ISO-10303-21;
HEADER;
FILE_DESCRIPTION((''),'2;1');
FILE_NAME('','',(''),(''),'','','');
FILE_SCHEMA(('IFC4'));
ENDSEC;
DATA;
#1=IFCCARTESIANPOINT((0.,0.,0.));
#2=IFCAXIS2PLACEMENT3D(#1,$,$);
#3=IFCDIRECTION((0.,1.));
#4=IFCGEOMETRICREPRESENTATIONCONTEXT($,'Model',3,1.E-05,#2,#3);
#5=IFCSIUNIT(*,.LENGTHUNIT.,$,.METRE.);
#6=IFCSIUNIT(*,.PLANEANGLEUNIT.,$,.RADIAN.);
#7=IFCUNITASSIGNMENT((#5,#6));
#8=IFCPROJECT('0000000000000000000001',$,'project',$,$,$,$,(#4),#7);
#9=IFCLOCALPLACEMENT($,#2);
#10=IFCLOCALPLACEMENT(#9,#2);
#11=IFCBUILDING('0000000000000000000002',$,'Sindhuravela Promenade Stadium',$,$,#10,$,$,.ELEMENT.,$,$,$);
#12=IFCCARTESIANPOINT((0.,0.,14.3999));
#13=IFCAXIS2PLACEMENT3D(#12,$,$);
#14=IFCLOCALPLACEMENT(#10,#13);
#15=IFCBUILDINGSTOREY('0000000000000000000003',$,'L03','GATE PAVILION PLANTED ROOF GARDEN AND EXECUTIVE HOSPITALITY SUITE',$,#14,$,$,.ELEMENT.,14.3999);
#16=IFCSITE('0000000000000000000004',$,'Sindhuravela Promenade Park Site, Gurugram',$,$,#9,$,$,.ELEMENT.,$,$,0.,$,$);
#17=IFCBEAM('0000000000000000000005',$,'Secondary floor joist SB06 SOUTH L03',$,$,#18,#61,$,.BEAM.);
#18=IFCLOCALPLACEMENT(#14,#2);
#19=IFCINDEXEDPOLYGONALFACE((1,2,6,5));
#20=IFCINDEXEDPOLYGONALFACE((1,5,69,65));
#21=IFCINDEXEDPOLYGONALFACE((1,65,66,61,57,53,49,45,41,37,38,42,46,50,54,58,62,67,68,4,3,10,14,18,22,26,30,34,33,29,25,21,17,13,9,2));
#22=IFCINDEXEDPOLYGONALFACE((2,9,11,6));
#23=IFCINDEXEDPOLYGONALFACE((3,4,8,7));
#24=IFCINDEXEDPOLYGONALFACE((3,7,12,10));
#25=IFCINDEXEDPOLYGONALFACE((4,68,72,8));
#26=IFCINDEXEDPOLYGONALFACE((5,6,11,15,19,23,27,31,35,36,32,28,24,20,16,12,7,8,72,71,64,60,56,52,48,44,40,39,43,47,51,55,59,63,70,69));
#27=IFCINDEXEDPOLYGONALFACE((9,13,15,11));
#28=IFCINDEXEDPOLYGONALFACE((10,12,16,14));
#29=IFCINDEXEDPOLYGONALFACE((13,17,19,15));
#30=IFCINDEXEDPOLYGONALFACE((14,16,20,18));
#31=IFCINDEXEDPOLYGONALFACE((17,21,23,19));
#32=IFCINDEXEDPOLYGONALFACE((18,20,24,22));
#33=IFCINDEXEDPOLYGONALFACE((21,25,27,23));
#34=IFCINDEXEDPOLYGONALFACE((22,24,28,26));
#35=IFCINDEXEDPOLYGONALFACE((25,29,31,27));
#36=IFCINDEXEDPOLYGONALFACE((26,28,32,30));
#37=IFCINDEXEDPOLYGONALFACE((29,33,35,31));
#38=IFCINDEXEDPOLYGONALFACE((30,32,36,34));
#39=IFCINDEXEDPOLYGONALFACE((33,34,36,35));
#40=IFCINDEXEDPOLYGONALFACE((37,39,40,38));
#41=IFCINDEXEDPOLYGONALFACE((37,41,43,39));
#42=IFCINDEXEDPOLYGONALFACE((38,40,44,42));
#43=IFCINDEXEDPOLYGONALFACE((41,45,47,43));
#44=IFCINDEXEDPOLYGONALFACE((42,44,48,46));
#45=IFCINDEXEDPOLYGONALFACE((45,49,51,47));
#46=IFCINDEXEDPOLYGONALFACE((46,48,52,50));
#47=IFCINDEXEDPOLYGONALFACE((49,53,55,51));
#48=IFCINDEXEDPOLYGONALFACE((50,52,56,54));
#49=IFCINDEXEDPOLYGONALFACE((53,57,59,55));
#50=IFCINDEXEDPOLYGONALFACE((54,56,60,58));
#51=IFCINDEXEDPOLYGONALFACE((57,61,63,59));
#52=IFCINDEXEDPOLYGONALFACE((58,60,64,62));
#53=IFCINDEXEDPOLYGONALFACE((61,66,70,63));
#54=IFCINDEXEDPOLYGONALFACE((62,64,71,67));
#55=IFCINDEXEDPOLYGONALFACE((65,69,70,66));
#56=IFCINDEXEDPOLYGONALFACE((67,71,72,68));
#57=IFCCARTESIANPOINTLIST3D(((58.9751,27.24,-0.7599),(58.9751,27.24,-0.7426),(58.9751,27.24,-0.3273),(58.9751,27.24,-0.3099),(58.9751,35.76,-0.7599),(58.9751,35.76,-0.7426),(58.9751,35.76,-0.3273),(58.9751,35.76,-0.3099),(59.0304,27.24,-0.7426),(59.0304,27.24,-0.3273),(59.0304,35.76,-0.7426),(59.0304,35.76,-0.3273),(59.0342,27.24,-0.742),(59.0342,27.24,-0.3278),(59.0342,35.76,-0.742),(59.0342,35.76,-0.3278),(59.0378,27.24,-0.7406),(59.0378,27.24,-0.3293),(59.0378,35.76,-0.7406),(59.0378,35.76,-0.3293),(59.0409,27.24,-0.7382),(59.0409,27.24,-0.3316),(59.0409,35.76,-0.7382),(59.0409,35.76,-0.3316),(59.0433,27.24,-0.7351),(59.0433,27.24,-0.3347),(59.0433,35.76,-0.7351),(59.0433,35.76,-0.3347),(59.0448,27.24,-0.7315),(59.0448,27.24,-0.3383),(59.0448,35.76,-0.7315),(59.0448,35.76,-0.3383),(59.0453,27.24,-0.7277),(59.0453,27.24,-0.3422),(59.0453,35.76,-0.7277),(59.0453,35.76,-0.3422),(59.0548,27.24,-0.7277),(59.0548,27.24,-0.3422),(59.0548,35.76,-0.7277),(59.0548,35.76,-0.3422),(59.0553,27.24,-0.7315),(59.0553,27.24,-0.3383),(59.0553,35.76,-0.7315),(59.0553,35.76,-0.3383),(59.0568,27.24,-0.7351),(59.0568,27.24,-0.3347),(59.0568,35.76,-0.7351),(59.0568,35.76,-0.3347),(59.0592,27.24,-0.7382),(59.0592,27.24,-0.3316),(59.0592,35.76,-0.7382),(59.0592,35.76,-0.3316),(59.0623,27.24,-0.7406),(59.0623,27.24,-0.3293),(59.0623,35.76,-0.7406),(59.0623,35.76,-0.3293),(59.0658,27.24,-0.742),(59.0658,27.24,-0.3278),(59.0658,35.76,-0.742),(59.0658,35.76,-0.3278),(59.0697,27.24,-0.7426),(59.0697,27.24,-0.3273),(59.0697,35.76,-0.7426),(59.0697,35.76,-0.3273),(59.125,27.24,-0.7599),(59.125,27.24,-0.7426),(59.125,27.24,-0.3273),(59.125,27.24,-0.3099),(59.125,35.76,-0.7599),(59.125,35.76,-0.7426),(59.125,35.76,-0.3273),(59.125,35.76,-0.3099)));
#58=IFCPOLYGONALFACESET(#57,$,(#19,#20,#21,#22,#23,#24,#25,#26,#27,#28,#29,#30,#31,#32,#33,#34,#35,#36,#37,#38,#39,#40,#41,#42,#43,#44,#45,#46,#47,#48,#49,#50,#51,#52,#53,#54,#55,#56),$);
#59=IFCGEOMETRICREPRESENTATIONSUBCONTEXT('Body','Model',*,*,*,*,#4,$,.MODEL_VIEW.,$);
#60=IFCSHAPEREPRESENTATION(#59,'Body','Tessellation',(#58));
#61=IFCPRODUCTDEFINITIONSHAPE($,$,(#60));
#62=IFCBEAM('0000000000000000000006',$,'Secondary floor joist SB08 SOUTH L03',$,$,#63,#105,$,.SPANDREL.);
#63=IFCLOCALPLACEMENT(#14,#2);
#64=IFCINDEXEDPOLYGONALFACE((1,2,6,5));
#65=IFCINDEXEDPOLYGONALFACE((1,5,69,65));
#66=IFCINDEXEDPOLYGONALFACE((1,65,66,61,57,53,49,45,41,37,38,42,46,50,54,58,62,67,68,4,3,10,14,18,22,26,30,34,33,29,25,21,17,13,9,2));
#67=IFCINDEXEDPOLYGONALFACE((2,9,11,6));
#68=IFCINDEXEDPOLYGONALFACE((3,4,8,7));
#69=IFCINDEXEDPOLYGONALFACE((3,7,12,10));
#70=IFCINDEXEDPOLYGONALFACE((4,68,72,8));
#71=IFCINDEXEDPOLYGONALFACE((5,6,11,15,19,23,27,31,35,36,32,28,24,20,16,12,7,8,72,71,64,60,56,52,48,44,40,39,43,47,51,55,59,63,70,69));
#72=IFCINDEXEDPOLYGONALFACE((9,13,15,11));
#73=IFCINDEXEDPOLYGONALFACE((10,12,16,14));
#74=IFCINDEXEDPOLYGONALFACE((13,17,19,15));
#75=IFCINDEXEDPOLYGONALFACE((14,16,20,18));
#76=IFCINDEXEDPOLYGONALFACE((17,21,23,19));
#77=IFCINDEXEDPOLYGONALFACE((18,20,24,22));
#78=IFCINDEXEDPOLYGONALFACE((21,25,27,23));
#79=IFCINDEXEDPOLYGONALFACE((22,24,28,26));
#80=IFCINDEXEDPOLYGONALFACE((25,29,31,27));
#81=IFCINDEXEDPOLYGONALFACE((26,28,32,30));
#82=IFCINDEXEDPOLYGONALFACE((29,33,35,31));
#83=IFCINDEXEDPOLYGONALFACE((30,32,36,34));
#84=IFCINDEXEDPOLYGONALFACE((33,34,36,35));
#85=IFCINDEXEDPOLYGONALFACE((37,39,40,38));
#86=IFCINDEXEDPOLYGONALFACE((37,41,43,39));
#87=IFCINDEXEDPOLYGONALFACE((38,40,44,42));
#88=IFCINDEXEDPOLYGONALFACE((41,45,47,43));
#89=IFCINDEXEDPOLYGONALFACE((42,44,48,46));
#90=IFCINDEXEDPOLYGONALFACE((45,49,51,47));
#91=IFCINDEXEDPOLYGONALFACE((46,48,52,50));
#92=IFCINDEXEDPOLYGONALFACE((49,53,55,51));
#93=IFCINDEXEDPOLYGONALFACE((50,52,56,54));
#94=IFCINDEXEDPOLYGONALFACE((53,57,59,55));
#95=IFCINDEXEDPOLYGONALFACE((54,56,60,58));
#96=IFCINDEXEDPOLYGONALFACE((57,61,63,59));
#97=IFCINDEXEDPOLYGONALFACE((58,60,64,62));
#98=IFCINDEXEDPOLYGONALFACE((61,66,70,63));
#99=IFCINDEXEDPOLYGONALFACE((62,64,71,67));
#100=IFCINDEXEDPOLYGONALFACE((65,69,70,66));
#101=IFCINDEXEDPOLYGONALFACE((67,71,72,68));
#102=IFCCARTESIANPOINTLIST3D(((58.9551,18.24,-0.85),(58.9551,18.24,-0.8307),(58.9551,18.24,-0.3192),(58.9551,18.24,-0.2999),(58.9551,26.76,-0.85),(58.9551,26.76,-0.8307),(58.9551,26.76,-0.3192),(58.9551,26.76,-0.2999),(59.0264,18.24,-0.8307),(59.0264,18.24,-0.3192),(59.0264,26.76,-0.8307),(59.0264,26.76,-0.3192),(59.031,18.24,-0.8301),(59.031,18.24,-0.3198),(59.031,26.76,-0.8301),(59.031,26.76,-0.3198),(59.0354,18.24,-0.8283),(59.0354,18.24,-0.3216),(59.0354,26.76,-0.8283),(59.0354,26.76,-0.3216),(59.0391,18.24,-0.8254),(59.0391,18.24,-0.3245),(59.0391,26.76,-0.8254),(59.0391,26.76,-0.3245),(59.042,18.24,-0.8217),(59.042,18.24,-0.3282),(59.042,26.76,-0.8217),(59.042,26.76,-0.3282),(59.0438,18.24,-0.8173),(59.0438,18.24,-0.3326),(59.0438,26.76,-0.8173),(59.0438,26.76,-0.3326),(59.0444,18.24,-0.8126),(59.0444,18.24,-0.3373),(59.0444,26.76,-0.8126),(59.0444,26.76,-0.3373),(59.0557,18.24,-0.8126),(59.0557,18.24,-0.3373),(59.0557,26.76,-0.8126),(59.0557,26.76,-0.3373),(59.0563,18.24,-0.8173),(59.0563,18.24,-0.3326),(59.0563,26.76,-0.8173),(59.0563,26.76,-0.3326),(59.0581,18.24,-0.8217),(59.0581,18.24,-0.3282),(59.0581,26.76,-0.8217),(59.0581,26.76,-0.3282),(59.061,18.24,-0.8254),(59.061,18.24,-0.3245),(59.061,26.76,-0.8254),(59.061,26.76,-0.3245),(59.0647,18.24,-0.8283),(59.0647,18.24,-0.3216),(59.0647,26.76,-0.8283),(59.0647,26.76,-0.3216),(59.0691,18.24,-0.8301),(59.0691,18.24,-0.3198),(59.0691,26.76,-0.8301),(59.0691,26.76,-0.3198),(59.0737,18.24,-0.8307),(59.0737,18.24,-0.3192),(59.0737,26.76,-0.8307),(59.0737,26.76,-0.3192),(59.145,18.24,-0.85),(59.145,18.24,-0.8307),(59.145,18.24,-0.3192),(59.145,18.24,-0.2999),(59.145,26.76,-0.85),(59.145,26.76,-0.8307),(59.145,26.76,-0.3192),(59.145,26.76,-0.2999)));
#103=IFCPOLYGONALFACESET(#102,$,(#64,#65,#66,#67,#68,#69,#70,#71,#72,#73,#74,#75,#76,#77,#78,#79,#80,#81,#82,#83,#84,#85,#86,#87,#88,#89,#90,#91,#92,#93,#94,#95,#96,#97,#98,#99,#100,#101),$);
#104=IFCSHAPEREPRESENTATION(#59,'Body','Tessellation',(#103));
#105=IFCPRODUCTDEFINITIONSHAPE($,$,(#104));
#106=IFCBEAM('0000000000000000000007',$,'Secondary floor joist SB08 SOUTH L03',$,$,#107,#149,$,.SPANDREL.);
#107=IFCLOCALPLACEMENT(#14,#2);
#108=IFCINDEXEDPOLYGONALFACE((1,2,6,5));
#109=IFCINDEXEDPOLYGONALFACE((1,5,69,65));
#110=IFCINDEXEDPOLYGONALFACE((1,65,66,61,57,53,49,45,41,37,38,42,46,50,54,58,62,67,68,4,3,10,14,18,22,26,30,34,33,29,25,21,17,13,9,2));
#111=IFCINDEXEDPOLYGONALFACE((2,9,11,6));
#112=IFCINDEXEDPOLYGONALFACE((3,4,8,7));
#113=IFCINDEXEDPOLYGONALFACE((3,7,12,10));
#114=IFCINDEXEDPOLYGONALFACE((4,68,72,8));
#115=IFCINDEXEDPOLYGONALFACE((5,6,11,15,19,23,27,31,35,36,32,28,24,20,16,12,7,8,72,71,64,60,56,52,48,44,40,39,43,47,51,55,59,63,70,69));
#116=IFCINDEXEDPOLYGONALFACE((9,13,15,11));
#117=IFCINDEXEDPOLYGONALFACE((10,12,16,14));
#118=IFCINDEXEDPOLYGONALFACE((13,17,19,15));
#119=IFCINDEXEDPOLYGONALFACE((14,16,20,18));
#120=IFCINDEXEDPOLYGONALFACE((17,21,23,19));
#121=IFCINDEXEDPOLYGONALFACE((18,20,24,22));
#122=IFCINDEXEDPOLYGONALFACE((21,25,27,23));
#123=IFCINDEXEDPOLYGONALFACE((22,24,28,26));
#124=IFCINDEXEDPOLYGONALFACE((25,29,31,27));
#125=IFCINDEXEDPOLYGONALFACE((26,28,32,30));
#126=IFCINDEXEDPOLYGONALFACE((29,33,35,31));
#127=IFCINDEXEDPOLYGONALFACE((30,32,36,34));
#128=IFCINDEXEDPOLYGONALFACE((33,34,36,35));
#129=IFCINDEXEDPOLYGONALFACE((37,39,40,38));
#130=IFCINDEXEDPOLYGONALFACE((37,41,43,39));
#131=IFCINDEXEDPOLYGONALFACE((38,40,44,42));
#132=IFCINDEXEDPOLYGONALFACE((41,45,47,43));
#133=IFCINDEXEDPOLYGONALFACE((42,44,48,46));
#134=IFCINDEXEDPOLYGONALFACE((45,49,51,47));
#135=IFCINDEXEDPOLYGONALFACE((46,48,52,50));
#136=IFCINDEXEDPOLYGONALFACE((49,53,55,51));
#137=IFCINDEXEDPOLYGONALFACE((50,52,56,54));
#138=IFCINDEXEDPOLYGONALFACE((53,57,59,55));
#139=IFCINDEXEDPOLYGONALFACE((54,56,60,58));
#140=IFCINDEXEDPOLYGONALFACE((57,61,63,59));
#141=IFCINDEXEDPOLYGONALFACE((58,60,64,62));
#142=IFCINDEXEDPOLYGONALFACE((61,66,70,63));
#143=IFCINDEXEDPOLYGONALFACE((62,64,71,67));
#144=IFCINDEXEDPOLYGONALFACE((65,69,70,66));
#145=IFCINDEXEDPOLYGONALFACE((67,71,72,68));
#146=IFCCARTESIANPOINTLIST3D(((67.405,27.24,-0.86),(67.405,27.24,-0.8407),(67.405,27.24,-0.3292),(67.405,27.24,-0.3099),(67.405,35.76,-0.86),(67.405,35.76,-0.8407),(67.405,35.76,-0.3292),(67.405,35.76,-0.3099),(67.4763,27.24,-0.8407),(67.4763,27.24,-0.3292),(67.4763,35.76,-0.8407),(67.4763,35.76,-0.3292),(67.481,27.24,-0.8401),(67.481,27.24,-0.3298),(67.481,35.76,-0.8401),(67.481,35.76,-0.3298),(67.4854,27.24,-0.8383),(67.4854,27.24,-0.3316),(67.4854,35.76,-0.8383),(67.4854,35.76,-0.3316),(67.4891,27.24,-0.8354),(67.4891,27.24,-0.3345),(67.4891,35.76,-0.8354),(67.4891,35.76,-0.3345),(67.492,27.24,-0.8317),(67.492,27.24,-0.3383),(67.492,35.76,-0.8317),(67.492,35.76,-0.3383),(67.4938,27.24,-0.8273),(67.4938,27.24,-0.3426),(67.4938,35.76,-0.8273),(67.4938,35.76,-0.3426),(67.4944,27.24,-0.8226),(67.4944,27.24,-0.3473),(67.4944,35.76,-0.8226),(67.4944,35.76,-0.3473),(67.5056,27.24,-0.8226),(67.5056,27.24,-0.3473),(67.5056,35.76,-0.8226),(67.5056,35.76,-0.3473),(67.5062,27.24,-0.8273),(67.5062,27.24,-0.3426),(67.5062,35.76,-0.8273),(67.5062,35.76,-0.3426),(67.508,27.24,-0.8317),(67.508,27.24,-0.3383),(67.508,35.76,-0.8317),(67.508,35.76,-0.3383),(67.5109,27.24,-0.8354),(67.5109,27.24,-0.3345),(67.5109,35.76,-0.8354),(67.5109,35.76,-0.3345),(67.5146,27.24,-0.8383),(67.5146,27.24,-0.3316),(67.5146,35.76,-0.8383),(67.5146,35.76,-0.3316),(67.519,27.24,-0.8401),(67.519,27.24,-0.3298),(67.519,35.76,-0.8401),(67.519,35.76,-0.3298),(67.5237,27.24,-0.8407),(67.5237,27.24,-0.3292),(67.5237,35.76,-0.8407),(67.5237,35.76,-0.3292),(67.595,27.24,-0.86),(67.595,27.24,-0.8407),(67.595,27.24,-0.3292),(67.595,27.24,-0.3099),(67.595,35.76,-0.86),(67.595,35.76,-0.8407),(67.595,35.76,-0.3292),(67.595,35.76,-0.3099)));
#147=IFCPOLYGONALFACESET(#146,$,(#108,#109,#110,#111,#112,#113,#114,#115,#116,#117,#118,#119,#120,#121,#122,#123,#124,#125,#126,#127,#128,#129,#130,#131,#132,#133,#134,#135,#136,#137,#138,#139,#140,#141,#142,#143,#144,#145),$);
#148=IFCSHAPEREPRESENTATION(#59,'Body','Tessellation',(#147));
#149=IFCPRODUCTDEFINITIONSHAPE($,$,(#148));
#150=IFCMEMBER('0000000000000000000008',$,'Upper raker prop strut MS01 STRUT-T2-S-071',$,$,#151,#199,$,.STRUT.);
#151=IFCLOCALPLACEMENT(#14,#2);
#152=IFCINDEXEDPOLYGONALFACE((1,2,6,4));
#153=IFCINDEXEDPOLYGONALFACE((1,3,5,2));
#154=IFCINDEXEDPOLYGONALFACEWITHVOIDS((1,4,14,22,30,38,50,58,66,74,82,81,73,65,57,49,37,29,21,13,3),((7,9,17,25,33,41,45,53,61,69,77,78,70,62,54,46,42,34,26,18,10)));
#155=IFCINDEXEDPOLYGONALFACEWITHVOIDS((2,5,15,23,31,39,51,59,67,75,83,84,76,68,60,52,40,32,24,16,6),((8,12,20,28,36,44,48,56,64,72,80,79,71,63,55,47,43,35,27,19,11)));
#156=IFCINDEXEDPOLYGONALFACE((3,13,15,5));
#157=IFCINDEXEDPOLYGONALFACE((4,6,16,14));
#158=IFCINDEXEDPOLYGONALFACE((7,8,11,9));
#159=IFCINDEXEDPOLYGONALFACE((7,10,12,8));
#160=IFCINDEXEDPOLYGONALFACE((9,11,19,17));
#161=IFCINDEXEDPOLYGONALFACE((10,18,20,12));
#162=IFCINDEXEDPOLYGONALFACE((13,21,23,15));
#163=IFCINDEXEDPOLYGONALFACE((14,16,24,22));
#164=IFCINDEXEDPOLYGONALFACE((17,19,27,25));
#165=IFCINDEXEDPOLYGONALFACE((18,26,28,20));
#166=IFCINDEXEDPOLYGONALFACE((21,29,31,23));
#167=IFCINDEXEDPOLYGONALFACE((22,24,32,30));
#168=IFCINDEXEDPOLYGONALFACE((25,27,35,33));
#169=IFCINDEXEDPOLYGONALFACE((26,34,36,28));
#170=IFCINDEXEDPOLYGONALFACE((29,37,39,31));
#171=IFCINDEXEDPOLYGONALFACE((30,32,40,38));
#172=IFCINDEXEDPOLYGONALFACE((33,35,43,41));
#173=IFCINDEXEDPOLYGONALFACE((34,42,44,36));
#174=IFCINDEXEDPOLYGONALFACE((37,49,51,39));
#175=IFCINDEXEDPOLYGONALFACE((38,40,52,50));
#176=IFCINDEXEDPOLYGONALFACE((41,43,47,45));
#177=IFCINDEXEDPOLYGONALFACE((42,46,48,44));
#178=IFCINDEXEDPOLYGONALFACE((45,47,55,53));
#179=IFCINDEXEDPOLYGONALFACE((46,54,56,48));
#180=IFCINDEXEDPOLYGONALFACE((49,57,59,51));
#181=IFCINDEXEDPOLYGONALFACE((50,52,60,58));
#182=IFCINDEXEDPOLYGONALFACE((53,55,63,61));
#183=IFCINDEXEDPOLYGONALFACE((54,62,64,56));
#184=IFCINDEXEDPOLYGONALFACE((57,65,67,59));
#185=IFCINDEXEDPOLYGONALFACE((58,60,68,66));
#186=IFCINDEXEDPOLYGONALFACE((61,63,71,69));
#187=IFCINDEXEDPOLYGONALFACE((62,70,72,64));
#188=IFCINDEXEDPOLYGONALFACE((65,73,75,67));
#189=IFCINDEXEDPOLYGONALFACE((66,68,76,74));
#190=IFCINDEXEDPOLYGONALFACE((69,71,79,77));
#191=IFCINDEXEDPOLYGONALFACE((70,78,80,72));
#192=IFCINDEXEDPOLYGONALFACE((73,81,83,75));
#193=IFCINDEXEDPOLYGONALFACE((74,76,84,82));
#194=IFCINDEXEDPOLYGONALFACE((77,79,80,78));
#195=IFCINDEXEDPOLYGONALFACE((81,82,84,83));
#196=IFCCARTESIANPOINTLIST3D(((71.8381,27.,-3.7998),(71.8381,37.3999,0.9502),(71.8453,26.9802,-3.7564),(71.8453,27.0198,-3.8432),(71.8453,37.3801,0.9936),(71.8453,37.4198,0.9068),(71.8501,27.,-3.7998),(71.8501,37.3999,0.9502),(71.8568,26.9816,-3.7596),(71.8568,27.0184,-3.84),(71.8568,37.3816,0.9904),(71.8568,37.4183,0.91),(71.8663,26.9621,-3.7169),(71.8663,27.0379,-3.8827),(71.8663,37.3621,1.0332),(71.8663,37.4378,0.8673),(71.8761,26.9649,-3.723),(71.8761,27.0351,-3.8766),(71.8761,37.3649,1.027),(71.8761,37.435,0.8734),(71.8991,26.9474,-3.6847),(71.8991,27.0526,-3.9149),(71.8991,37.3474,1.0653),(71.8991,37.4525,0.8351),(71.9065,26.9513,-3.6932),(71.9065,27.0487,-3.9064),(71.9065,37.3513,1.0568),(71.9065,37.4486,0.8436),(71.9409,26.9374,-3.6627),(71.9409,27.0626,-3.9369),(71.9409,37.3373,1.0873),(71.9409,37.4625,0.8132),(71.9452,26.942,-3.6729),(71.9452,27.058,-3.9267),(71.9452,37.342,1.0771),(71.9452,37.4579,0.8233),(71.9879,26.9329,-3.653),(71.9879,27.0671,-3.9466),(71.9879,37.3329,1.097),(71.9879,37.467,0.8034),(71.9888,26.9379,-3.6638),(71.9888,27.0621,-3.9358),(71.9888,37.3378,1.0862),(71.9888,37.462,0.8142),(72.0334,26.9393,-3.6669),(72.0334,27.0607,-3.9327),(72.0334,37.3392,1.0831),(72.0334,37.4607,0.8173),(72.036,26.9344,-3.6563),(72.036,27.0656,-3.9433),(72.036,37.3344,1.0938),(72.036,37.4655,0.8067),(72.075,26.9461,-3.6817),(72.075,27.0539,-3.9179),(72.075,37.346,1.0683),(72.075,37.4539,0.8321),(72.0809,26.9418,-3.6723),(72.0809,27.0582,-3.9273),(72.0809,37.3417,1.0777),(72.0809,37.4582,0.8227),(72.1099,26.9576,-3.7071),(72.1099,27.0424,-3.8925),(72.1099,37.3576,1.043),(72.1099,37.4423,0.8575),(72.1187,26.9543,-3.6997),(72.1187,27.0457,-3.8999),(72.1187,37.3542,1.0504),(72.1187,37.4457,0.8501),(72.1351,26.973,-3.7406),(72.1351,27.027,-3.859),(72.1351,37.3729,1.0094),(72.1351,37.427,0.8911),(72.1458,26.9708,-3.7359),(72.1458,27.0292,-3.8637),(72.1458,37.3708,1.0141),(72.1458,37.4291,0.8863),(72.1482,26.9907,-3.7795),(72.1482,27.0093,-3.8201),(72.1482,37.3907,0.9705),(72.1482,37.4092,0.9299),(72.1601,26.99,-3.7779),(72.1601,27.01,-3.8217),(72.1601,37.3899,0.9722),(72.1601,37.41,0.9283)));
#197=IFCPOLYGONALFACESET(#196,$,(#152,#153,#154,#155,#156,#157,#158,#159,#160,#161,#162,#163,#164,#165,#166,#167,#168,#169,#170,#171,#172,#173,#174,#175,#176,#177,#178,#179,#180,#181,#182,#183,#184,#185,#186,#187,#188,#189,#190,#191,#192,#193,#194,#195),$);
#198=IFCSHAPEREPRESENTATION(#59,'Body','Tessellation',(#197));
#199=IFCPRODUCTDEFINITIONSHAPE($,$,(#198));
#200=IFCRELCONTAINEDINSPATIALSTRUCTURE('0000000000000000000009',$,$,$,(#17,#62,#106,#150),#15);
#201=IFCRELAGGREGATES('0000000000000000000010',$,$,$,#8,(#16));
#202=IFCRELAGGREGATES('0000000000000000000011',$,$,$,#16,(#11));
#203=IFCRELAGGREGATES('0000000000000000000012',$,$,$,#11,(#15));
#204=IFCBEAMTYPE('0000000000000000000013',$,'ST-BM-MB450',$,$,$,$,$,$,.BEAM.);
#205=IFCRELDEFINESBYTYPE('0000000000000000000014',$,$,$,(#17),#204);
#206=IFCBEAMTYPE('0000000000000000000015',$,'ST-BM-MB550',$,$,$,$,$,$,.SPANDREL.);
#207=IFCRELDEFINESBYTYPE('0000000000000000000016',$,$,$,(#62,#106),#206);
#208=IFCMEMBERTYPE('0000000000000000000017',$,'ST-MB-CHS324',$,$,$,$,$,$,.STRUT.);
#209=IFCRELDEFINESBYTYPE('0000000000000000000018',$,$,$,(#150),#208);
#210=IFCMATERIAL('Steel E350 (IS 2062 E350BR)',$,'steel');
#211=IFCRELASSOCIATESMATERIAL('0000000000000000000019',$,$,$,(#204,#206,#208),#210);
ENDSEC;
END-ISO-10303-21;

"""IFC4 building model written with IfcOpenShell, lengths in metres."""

from ifc_helpers import new_model, si_unit, direction, frame, origin, origin_2d, place, context, subcontext, project, spatial, hollow_circle, i_section, extrude, material, material_profile, profile_set, type_object, element, save


model = new_model("IFC4")

# Units and contexts
model_context = context("Model", 3, precision=1e-05, world=origin(), true_north=direction((0.0, 1.0)))
body_context = subcontext(model_context, "Body", "Model", "MODEL_VIEW")
ifc_project = project(units=[si_unit("LENGTHUNIT", "METRE"), si_unit("PLANEANGLEUNIT", "RADIAN")], contexts=[model_context])

# Site, building, storey
site_placement = place(None, origin())
site = spatial("IfcSite", under=ifc_project, at=site_placement, Name="Sindhuravela Promenade Park Site, Gurugram", CompositionType="ELEMENT", RefElevation=0.0)
building_placement = place(site_placement, origin())
building = spatial("IfcBuilding", under=site, at=building_placement, Name="Sindhuravela Promenade Stadium", CompositionType="ELEMENT")
storey_placement = place(building_placement, frame((0.0, 0.0, 14.3999)))
storey = spatial("IfcBuildingStorey", under=building, at=storey_placement, Name="L03", Description="GATE PAVILION PLANTED ROOF GARDEN AND EXECUTIVE HOSPITALITY SUITE", CompositionType="ELEMENT", Elevation=14.3999)

# Beams
ifc_material_1 = material(Name="Steel E350 (IS 2062 E350BR)", Category="steel")
ifc_material_profile_1 = material_profile(ifc_material_1, i_section(OverallWidth=0.1499, OverallDepth=0.45, WebThickness=0.0095, FlangeThickness=0.0173, FilletRadius=0.0149, at=origin_2d()), Name="ISMB 450")
ifc_profile_set_1 = profile_set([ifc_material_profile_1], Name="Steel E350 (IS 2062 E350BR)")
beam_type_1 = type_object("IfcBeamType", Name="ST-BM-MB450", PredefinedType="BEAM", material=ifc_profile_set_1)
beam_1_placement = place(storey_placement, frame((59.05, 27.24, -0.5349), z_axis=(0.0, 1.0, 0.0), x_axis=(-1.0, 0.0, 0.0)))
element("IfcBeam", 1, at=beam_1_placement, inside=storey, type_object=beam_type_1, Name="Secondary floor joist SB06 SOUTH L03", PredefinedType="BEAM", context=body_context, shape_type="SweptSolid", body=[
    extrude(i_section(OverallWidth=0.1499, OverallDepth=0.45, WebThickness=0.0095, FlangeThickness=0.0173, FilletRadius=0.0149, at=origin_2d()), origin(), (0.0, 0.0, 1.0), 8.52),
])
ifc_material_profile_2 = material_profile(ifc_material_1, i_section(OverallWidth=0.1899, OverallDepth=0.55, WebThickness=0.0112, FlangeThickness=0.0193, FilletRadius=0.0181, at=origin_2d()), Name="ISMB 550")
ifc_profile_set_2 = profile_set([ifc_material_profile_2], Name="Steel E350 (IS 2062 E350BR)")
beam_type_2 = type_object("IfcBeamType", Name="ST-BM-MB550", PredefinedType="SPANDREL", material=ifc_profile_set_2)
for number, where, z_axis, x_axis, name in (
    (2, (59.05, 18.24, -0.575), (0.0, 1.0, 0.0), (-1.0, 0.0, 0.0), "Secondary floor joist SB08 SOUTH L03"),
    (3, (67.5, 27.24, -0.585), (0.0, 1.0, 0.0), (-1.0, 0.0, 0.0), "Secondary floor joist SB08 SOUTH L03"),
):
    element("IfcBeam", number, at=place(storey_placement, frame(where, z_axis=z_axis, x_axis=x_axis)), inside=storey, type_object=beam_type_2, Name=name, PredefinedType="SPANDREL", context=body_context, shape_type="SweptSolid", body=[
        extrude(i_section(OverallWidth=0.1899, OverallDepth=0.55, WebThickness=0.0112, FlangeThickness=0.0193, FilletRadius=0.0181, at=origin_2d()), origin(), (0.0, 0.0, 1.0), 8.52),
    ])

# Member
ifc_material_profile_3 = material_profile(ifc_material_1, hollow_circle(Radius=0.1619, WallThickness=0.012, at=origin_2d()), Name="CHS 323.9x12")
ifc_profile_set_3 = profile_set([ifc_material_profile_3], Name="Steel E350 (IS 2062 E350BR)")
member_type = type_object("IfcMemberType", Name="ST-MB-CHS324", PredefinedType="STRUT", material=ifc_profile_set_3)
member_placement = place(storey_placement, frame((72.0, 27.0, -3.7998), z_axis=(0.0, 0.909615, 0.415453), x_axis=(-1.0, 0.0, 0.0)))
element("IfcMember", 4, at=member_placement, inside=storey, type_object=member_type, Name="Upper raker prop strut MS01 STRUT-T2-S-071", PredefinedType="STRUT", context=body_context, shape_type="SweptSolid", body=[
    extrude(hollow_circle(Radius=0.1619, WallThickness=0.012, at=origin_2d()), origin(), (0.0, 0.0, 1.0), 11.4333),
])

save(model, "model.ifc")
